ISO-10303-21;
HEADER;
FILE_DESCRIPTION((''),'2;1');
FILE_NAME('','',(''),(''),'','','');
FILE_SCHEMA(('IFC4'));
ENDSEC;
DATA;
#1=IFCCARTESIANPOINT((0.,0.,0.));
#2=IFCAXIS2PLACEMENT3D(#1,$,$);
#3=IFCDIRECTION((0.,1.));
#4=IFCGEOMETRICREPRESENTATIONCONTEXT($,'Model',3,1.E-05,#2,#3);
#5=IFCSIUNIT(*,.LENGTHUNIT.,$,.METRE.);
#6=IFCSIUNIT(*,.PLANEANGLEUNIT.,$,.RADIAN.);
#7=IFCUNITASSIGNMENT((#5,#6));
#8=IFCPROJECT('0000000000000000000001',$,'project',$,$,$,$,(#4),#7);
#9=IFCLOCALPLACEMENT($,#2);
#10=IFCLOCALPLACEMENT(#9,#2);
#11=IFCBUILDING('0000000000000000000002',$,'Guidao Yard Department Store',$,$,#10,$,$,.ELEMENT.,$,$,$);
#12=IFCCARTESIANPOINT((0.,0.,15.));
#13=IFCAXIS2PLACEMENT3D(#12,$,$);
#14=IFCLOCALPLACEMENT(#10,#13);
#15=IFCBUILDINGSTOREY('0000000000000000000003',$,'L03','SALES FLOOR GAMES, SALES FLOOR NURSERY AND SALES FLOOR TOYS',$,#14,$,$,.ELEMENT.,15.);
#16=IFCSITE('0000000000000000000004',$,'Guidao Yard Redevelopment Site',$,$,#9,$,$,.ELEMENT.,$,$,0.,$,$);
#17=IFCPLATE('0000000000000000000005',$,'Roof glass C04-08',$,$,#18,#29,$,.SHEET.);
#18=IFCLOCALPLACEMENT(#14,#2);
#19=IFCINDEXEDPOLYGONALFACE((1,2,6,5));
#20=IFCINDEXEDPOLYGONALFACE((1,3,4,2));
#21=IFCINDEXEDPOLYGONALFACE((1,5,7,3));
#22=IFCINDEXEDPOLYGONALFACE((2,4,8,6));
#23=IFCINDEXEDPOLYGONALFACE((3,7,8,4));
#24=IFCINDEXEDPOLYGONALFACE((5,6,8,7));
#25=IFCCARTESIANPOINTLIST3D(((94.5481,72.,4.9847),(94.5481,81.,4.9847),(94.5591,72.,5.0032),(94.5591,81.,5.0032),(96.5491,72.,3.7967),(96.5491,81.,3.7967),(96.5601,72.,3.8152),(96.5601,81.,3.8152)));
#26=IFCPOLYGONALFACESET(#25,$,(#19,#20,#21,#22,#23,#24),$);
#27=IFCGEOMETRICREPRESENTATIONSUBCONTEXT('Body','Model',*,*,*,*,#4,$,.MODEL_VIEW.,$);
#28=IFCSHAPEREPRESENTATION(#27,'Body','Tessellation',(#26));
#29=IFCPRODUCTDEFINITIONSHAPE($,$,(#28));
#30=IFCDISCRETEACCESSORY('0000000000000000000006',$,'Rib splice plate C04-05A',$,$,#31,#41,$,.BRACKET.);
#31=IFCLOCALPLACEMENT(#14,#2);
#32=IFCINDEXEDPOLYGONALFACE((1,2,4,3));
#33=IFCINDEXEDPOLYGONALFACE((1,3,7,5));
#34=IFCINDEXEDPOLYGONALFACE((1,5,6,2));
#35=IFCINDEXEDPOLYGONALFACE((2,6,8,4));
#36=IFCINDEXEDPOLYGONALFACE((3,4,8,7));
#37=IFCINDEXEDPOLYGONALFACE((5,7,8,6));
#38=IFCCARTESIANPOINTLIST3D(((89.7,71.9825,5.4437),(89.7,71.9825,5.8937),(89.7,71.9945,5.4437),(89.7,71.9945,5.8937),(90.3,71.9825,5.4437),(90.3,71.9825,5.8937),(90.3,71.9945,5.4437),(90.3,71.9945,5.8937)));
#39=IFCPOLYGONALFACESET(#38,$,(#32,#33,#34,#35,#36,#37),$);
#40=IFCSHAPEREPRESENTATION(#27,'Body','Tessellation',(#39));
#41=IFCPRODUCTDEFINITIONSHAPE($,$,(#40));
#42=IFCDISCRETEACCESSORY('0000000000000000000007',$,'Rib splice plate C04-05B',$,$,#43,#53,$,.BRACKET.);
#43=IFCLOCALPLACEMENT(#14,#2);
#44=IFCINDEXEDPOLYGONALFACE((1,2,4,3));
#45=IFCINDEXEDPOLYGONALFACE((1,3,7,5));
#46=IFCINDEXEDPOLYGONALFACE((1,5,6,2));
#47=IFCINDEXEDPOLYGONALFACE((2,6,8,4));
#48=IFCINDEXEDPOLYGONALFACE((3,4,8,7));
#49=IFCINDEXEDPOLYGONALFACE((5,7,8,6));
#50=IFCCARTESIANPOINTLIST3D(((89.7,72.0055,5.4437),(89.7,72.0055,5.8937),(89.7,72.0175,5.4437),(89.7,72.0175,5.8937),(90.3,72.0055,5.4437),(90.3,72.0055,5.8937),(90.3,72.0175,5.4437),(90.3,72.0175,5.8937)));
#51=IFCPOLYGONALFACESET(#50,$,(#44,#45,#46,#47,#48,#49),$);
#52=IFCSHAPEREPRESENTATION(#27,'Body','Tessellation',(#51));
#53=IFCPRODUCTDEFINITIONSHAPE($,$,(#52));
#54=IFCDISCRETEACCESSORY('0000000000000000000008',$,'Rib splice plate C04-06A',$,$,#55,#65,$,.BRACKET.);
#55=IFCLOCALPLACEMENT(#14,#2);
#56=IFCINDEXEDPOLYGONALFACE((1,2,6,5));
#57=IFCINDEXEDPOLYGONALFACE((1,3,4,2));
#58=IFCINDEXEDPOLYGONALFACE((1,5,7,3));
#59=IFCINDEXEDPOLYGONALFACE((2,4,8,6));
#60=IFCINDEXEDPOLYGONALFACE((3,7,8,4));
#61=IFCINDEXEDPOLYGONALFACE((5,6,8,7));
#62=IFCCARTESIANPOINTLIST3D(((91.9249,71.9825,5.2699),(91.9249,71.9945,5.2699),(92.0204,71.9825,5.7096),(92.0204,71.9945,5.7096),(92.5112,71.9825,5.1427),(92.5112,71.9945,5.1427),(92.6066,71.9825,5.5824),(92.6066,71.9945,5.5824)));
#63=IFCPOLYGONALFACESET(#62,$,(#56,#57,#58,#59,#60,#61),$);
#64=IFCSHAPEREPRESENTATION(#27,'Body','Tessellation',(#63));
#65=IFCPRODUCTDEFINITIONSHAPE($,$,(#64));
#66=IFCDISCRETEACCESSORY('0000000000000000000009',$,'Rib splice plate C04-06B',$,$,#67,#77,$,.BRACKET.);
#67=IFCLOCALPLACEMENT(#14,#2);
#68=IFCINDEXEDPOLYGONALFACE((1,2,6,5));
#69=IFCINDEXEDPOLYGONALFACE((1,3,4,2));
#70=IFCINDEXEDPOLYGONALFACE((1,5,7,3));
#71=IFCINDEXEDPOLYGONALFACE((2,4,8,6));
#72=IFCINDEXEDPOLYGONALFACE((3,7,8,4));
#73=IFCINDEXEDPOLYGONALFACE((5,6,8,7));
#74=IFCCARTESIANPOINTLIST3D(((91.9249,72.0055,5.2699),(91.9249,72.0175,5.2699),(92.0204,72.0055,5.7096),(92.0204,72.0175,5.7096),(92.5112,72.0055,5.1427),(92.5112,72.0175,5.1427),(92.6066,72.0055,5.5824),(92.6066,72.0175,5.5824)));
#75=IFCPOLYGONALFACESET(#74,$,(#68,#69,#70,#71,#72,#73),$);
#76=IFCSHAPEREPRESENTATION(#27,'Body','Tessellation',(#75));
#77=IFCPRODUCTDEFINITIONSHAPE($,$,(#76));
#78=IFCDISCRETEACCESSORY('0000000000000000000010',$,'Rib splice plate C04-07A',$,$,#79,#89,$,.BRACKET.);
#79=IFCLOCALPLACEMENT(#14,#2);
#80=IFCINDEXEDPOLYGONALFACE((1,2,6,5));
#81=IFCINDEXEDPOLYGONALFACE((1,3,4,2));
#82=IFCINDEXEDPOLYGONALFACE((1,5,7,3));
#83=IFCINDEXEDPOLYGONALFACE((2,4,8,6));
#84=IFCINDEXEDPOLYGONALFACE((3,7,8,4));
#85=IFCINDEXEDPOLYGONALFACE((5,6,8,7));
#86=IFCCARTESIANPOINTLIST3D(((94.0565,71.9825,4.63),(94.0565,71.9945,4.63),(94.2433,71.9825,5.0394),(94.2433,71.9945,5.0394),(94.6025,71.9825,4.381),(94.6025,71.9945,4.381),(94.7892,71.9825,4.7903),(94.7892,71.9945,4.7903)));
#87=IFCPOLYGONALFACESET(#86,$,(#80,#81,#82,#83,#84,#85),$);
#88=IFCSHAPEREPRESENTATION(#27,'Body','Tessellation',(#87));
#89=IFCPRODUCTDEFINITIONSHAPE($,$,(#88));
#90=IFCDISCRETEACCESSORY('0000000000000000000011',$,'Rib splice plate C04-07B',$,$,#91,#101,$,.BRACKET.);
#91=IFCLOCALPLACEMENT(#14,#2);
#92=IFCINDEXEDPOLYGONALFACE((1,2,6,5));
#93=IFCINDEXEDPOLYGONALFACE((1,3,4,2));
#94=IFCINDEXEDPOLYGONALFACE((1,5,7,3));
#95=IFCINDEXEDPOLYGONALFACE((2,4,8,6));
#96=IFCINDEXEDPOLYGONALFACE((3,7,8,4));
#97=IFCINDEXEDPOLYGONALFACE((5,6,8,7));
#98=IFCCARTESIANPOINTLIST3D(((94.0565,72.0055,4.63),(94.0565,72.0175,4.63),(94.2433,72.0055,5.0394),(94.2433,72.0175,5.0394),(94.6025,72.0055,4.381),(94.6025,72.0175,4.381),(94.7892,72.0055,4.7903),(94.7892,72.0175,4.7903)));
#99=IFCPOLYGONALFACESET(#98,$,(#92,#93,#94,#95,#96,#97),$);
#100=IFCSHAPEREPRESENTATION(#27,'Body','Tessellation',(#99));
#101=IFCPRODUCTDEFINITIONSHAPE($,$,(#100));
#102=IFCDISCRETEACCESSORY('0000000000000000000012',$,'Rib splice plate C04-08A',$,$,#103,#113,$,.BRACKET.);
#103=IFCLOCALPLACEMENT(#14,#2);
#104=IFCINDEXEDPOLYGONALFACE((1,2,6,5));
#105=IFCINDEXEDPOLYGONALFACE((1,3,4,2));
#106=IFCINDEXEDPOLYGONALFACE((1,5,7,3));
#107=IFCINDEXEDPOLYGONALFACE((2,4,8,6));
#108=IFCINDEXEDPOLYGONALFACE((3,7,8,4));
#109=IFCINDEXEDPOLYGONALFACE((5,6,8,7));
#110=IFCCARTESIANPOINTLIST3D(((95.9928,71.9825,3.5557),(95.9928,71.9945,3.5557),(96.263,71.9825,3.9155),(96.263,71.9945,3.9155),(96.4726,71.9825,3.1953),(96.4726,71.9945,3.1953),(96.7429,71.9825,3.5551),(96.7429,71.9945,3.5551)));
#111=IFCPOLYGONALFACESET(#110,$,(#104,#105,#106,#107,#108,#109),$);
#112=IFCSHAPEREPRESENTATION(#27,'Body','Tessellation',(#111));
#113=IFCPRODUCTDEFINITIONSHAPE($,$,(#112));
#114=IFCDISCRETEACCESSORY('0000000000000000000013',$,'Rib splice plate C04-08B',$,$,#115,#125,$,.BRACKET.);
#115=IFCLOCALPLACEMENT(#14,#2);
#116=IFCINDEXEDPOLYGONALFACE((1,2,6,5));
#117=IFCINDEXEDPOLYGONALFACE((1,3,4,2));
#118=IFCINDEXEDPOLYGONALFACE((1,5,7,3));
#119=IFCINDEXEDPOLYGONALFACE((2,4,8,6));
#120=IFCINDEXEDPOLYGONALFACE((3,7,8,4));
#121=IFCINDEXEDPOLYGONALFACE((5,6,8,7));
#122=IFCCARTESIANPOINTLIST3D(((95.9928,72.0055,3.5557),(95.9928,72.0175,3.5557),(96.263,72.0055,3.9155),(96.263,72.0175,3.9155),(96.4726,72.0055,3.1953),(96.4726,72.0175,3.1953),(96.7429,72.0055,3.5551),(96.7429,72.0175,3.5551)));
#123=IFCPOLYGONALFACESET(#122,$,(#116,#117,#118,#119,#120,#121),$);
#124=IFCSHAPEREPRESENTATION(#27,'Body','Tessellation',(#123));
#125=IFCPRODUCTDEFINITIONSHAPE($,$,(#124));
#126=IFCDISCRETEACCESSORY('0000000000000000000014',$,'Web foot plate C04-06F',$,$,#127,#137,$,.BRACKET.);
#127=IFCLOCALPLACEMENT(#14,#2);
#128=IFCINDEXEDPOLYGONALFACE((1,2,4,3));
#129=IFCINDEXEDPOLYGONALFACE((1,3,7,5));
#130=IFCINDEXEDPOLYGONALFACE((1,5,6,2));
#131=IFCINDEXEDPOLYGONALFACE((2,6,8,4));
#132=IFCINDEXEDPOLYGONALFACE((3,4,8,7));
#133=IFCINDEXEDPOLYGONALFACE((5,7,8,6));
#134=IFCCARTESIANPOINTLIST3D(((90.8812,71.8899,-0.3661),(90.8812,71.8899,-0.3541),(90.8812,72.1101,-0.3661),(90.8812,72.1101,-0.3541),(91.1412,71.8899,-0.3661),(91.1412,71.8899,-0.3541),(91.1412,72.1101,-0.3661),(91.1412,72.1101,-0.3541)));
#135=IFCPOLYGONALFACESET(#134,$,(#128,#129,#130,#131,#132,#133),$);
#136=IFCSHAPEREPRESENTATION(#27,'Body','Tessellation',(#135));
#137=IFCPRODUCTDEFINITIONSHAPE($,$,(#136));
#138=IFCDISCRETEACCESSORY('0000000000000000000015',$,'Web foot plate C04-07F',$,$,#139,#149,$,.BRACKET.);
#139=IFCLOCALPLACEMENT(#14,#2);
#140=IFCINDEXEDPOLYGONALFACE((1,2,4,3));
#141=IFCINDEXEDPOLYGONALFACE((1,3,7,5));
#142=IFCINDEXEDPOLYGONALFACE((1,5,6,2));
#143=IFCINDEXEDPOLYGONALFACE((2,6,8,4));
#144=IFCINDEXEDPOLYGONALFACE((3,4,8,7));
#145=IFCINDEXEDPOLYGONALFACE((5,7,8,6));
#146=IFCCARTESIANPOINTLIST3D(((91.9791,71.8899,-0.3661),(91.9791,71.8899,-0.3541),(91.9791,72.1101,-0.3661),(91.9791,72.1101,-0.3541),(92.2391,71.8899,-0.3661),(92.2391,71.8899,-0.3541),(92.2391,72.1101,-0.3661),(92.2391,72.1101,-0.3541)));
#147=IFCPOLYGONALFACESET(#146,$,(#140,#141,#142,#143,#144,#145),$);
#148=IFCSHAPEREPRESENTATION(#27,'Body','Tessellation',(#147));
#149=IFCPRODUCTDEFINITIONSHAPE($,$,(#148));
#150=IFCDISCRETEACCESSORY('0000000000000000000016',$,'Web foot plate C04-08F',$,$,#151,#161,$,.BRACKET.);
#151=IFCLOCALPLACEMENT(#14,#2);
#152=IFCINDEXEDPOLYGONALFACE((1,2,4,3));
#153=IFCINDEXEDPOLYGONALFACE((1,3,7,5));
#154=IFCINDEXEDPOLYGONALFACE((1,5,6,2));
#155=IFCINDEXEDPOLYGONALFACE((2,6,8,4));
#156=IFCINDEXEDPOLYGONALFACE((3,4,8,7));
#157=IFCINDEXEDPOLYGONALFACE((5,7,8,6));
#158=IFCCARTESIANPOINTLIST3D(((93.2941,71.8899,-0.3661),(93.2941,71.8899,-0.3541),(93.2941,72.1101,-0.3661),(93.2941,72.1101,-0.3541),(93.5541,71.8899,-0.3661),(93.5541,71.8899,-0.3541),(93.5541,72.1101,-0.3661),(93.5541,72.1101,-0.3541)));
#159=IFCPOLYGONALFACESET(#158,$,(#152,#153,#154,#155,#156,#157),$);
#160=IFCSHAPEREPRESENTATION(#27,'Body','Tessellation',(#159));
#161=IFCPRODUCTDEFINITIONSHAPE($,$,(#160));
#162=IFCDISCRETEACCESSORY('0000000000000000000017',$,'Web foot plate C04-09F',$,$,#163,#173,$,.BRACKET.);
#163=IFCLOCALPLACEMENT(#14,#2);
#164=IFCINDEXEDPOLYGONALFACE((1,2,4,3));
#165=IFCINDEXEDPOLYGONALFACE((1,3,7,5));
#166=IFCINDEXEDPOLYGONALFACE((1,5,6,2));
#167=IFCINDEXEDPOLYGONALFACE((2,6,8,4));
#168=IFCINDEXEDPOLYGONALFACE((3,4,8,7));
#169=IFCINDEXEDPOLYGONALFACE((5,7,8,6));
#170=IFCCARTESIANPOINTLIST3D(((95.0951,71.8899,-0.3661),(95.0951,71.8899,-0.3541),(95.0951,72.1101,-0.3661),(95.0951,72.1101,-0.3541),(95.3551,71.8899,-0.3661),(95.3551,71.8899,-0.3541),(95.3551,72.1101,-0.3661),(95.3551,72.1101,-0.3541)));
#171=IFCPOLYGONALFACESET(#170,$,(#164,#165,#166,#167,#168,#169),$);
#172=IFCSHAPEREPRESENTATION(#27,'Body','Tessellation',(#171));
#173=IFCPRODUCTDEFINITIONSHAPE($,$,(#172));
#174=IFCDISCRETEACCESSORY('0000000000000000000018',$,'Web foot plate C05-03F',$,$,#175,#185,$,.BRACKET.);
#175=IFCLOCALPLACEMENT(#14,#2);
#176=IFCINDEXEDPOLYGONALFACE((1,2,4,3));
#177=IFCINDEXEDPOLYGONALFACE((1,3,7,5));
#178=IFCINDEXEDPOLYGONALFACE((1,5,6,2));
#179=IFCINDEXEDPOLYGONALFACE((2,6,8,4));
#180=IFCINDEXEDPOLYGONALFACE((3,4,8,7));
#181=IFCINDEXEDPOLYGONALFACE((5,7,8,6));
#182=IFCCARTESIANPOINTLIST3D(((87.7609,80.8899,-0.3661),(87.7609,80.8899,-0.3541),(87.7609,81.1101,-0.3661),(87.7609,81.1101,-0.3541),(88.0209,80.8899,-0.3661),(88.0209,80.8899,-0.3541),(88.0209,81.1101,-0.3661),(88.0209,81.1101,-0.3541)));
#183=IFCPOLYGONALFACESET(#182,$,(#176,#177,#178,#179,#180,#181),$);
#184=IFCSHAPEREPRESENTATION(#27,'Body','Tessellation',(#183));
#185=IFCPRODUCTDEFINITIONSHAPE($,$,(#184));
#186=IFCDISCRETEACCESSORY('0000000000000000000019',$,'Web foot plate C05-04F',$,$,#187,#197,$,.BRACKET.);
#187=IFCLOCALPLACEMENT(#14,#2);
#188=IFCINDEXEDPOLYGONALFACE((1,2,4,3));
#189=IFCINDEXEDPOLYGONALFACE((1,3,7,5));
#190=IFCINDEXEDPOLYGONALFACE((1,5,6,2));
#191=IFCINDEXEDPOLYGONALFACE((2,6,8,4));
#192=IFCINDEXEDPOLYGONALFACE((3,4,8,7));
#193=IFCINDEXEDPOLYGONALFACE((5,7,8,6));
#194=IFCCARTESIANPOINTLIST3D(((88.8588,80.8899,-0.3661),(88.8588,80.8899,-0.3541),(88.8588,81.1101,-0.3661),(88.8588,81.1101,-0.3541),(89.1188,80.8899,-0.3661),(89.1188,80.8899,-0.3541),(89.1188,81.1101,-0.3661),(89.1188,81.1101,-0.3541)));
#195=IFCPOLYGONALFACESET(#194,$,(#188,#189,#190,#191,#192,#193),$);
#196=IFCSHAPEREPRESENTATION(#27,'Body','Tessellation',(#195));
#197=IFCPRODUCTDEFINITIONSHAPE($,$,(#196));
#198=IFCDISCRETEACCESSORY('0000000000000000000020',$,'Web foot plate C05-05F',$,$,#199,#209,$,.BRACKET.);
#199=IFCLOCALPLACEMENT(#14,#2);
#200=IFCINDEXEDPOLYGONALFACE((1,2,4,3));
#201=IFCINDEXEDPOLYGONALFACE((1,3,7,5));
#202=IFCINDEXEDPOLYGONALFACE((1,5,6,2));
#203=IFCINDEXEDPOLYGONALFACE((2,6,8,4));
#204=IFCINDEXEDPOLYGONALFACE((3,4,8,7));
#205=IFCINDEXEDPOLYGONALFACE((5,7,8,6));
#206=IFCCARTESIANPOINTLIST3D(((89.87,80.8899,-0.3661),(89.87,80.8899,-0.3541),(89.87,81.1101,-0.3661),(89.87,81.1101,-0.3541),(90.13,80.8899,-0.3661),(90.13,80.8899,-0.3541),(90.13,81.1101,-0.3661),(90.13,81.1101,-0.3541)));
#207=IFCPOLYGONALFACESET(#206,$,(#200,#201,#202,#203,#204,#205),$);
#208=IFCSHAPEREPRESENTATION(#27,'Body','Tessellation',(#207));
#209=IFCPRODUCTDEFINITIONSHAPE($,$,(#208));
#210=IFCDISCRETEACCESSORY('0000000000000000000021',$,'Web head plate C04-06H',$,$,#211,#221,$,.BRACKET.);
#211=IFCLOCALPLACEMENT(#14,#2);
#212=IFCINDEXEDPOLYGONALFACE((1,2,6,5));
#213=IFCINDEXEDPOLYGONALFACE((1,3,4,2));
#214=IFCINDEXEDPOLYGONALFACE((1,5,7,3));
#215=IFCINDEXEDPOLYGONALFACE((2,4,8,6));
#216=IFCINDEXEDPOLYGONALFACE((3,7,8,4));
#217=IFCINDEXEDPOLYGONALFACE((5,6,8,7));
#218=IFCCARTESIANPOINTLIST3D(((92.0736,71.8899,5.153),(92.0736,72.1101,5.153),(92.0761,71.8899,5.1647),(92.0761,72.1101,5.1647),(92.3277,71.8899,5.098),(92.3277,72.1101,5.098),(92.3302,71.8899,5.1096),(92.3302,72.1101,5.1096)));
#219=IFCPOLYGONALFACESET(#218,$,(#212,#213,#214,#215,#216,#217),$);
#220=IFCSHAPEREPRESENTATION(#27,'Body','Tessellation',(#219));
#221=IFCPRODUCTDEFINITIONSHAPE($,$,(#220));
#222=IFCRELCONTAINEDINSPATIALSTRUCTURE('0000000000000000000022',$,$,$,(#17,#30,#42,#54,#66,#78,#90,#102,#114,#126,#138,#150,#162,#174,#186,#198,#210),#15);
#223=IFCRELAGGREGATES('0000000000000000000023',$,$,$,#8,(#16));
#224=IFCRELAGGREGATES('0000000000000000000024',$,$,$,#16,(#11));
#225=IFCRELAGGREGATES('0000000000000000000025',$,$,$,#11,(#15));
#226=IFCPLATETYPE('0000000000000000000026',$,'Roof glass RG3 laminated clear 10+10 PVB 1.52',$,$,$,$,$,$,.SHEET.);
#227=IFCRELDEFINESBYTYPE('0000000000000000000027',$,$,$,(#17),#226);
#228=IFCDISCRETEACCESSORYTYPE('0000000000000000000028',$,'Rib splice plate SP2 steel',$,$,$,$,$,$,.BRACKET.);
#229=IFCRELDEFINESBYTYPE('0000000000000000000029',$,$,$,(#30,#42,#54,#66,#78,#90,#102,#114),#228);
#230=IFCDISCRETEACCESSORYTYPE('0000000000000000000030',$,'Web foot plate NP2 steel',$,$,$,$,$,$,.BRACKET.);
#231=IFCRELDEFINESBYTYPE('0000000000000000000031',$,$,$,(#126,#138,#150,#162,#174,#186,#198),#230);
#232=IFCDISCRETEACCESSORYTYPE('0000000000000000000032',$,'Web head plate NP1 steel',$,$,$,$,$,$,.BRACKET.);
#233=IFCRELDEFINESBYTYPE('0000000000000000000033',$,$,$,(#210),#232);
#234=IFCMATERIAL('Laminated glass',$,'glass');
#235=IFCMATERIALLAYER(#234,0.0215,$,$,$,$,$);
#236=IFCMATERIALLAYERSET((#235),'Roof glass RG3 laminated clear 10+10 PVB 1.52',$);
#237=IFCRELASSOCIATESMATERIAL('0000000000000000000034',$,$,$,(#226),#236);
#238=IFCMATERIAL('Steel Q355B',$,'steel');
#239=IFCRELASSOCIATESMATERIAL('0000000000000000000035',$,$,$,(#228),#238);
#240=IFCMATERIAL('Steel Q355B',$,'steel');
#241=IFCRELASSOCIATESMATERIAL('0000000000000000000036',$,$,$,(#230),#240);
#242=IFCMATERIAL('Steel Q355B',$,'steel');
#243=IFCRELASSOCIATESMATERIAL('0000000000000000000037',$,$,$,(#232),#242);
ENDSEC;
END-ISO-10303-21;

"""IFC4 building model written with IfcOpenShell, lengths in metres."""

from ifc_helpers import new_model, si_unit, direction, frame, origin, origin_2d, place, context, subcontext, project, spatial, polyline, rectangle, outline, extrude, material, layer, layer_set, material_profile, profile_set, type_object, element, save


model = new_model("IFC4")

# Units and contexts
model_context = context("Model", 3, precision=1e-05, world=origin(), true_north=direction((0.0, 1.0)))
body_context = subcontext(model_context, "Body", "Model", "MODEL_VIEW")
ifc_project = project(units=[si_unit("LENGTHUNIT", "METRE"), si_unit("PLANEANGLEUNIT", "RADIAN")], contexts=[model_context])

# Site, building, storey
site_placement = place(None, origin())
site = spatial("IfcSite", under=ifc_project, at=site_placement, Name="Guidao Yard Redevelopment Site", CompositionType="ELEMENT", RefElevation=0.0)
building_placement = place(site_placement, origin())
building = spatial("IfcBuilding", under=site, at=building_placement, Name="Guidao Yard Department Store", CompositionType="ELEMENT")
storey_placement = place(building_placement, frame((0.0, 0.0, 15.0)))
storey = spatial("IfcBuildingStorey", under=building, at=storey_placement, Name="L03", Description="SALES FLOOR GAMES, SALES FLOOR NURSERY AND SALES FLOOR TOYS", CompositionType="ELEMENT", Elevation=15.0)

# Plate
ifc_material_1 = material(Name="Laminated glass", Category="glass")
ifc_layer = layer(ifc_material_1, 0.0215)
ifc_layer_set = layer_set([ifc_layer], Name="Roof glass RG3 laminated clear 10+10 PVB 1.52")
plate_type = type_object("IfcPlateType", Name="Roof glass RG3 laminated clear 10+10 PVB 1.52", PredefinedType="SHEET", material=ifc_layer_set)
plate_placement = place(storey_placement, frame((94.5591, 72.0, 5.0032), z_axis=(0.51051, 0.0, 0.859872), x_axis=(0.859872, 0.0, -0.51051)))
element("IfcPlate", 1, at=plate_placement, inside=storey, type_object=plate_type, Name="Roof glass C04-08", PredefinedType="SHEET", context=body_context, shape_type="SweptSolid", body=[
    extrude(outline(polyline([(0.0, 0.0), (2.3271, 0.0), (2.3271, 9.0), (0.0, 9.0), (0.0, 0.0)])), origin(), (0.0, 0.0, -1.0), 0.0215),
])

# Discrete accessories
ifc_material_2 = material(Name="Steel Q355B", Category="steel")
ifc_material_profile_1 = material_profile(ifc_material_2, rectangle(XDim=0.012, YDim=0.45, at=origin_2d()), Name="Splice plate 450x12")
ifc_profile_set_1 = profile_set([ifc_material_profile_1], Name="Steel Q355B")
discrete_accessory_type_1 = type_object("IfcDiscreteAccessoryType", Name="Rib splice plate SP2 steel", PredefinedType="BRACKET", material=ifc_profile_set_1)
for number, where, z_axis, x_axis, name in (
    (2, (89.7, 71.9885, 5.6687), (1.0, 0.0, 0.0), (0.0, 1.0, 0.0), "Rib splice plate C04-05A"),
    (3, (89.7, 72.0115, 5.6687), (1.0, 0.0, 0.0), (0.0, 1.0, 0.0), "Rib splice plate C04-05B"),
):
    element("IfcDiscreteAccessory", number, at=place(storey_placement, frame(where, z_axis=z_axis, x_axis=x_axis)), inside=storey, type_object=discrete_accessory_type_1, Name=name, PredefinedType="BRACKET", context=body_context, shape_type="SweptSolid", body=[
        extrude(rectangle(XDim=0.012, YDim=0.45, at=origin_2d()), origin(), (0.0, 0.0, 1.0), 0.6001),
    ])
for number, where, z_axis, x_axis, name in (
    (4, (91.9727, 71.9885, 5.4897), (0.977257, 0.0, -0.212058), (0.0, 1.0, 0.0), "Rib splice plate C04-06A"),
    (5, (91.9727, 72.0115, 5.4897), (0.977257, 0.0, -0.212058), (0.0, 1.0, 0.0), "Rib splice plate C04-06B"),
):
    element("IfcDiscreteAccessory", number, at=place(storey_placement, frame(where, z_axis=z_axis, x_axis=x_axis)), inside=storey, type_object=discrete_accessory_type_1, Name=name, PredefinedType="BRACKET", context=body_context, shape_type="SweptSolid", body=[
        extrude(rectangle(XDim=0.012, YDim=0.45, at=origin_2d()), origin(), (0.0, 0.0, 1.0), 0.5999),
    ])
for number, where, z_axis, x_axis, name in (
    (6, (94.1499, 71.9885, 4.8347), (0.909808, 0.0, -0.415029), (0.0, 1.0, 0.0), "Rib splice plate C04-07A"),
    (7, (94.1499, 72.0115, 4.8347), (0.909808, 0.0, -0.415029), (0.0, 1.0, 0.0), "Rib splice plate C04-07B"),
    (8, (96.1279, 71.9885, 3.7356), (0.79956, 0.0, -0.600586), (0.0, 1.0, 0.0), "Rib splice plate C04-08A"),
    (9, (96.1279, 72.0115, 3.7356), (0.79956, 0.0, -0.600586), (0.0, 1.0, 0.0), "Rib splice plate C04-08B"),
):
    element("IfcDiscreteAccessory", number, at=place(storey_placement, frame(where, z_axis=z_axis, x_axis=x_axis)), inside=storey, type_object=discrete_accessory_type_1, Name=name, PredefinedType="BRACKET", context=body_context, shape_type="SweptSolid", body=[
        extrude(rectangle(XDim=0.012, YDim=0.45, at=origin_2d()), origin(), (0.0, 0.0, 1.0), 0.6001),
    ])
ifc_material_3 = material(Name="Steel Q355B", Category="steel")
ifc_material_profile_2 = material_profile(ifc_material_3, rectangle(XDim=0.26, YDim=0.012, at=origin_2d()), Name="Node plate 260x12")
ifc_profile_set_2 = profile_set([ifc_material_profile_2], Name="Steel Q355B")
discrete_accessory_type_2 = type_object("IfcDiscreteAccessoryType", Name="Web foot plate NP2 steel", PredefinedType="BRACKET", material=ifc_profile_set_2)
for number, where, z_axis, x_axis, name in (
    (10, (91.0112, 71.8899, -0.3601), (0.0, 1.0, 0.0), (-1.0, 0.0, 0.0), "Web foot plate C04-06F"),
    (11, (92.1091, 71.8899, -0.3601), (0.0, 1.0, 0.0), (-1.0, 0.0, 0.0), "Web foot plate C04-07F"),
    (12, (93.4241, 71.8899, -0.3601), (0.0, 1.0, 0.0), (-1.0, 0.0, 0.0), "Web foot plate C04-08F"),
    (13, (95.2251, 71.8899, -0.3601), (0.0, 1.0, 0.0), (-1.0, 0.0, 0.0), "Web foot plate C04-09F"),
    (14, (87.8909, 80.8899, -0.3601), (0.0, 1.0, 0.0), (-1.0, 0.0, 0.0), "Web foot plate C05-03F"),
    (15, (88.9888, 80.8899, -0.3601), (0.0, 1.0, 0.0), (-1.0, 0.0, 0.0), "Web foot plate C05-04F"),
    (16, (90.0, 80.8899, -0.3601), (0.0, 1.0, 0.0), (-1.0, 0.0, 0.0), "Web foot plate C05-05F"),
):
    element("IfcDiscreteAccessory", number, at=place(storey_placement, frame(where, z_axis=z_axis, x_axis=x_axis)), inside=storey, type_object=discrete_accessory_type_2, Name=name, PredefinedType="BRACKET", context=body_context, shape_type="SweptSolid", body=[
        extrude(rectangle(XDim=0.26, YDim=0.012, at=origin_2d()), origin(), (0.0, 0.0, 1.0), 0.2202),
    ])
ifc_material_4 = material(Name="Steel Q355B", Category="steel")
ifc_material_profile_3 = material_profile(ifc_material_4, rectangle(XDim=0.26, YDim=0.012, at=origin_2d()), Name="Node plate 260x12")
ifc_profile_set_3 = profile_set([ifc_material_profile_3], Name="Steel Q355B")
discrete_accessory_type_3 = type_object("IfcDiscreteAccessoryType", Name="Web head plate NP1 steel", PredefinedType="BRACKET", material=ifc_profile_set_3)
for number, where, z_axis, x_axis, name in (
    (17, (92.2019, 71.8899, 5.1313), (0.0, 1.0, 0.0), (-0.977292, 0.0, 0.211897), "Web head plate C04-06H"),
):
    element("IfcDiscreteAccessory", number, at=place(storey_placement, frame(where, z_axis=z_axis, x_axis=x_axis)), inside=storey, type_object=discrete_accessory_type_3, Name=name, PredefinedType="BRACKET", context=body_context, shape_type="SweptSolid", body=[
        extrude(rectangle(XDim=0.26, YDim=0.012, at=origin_2d()), origin(), (0.0, 0.0, 1.0), 0.2202),
    ])

save(model, "model.ifc")
